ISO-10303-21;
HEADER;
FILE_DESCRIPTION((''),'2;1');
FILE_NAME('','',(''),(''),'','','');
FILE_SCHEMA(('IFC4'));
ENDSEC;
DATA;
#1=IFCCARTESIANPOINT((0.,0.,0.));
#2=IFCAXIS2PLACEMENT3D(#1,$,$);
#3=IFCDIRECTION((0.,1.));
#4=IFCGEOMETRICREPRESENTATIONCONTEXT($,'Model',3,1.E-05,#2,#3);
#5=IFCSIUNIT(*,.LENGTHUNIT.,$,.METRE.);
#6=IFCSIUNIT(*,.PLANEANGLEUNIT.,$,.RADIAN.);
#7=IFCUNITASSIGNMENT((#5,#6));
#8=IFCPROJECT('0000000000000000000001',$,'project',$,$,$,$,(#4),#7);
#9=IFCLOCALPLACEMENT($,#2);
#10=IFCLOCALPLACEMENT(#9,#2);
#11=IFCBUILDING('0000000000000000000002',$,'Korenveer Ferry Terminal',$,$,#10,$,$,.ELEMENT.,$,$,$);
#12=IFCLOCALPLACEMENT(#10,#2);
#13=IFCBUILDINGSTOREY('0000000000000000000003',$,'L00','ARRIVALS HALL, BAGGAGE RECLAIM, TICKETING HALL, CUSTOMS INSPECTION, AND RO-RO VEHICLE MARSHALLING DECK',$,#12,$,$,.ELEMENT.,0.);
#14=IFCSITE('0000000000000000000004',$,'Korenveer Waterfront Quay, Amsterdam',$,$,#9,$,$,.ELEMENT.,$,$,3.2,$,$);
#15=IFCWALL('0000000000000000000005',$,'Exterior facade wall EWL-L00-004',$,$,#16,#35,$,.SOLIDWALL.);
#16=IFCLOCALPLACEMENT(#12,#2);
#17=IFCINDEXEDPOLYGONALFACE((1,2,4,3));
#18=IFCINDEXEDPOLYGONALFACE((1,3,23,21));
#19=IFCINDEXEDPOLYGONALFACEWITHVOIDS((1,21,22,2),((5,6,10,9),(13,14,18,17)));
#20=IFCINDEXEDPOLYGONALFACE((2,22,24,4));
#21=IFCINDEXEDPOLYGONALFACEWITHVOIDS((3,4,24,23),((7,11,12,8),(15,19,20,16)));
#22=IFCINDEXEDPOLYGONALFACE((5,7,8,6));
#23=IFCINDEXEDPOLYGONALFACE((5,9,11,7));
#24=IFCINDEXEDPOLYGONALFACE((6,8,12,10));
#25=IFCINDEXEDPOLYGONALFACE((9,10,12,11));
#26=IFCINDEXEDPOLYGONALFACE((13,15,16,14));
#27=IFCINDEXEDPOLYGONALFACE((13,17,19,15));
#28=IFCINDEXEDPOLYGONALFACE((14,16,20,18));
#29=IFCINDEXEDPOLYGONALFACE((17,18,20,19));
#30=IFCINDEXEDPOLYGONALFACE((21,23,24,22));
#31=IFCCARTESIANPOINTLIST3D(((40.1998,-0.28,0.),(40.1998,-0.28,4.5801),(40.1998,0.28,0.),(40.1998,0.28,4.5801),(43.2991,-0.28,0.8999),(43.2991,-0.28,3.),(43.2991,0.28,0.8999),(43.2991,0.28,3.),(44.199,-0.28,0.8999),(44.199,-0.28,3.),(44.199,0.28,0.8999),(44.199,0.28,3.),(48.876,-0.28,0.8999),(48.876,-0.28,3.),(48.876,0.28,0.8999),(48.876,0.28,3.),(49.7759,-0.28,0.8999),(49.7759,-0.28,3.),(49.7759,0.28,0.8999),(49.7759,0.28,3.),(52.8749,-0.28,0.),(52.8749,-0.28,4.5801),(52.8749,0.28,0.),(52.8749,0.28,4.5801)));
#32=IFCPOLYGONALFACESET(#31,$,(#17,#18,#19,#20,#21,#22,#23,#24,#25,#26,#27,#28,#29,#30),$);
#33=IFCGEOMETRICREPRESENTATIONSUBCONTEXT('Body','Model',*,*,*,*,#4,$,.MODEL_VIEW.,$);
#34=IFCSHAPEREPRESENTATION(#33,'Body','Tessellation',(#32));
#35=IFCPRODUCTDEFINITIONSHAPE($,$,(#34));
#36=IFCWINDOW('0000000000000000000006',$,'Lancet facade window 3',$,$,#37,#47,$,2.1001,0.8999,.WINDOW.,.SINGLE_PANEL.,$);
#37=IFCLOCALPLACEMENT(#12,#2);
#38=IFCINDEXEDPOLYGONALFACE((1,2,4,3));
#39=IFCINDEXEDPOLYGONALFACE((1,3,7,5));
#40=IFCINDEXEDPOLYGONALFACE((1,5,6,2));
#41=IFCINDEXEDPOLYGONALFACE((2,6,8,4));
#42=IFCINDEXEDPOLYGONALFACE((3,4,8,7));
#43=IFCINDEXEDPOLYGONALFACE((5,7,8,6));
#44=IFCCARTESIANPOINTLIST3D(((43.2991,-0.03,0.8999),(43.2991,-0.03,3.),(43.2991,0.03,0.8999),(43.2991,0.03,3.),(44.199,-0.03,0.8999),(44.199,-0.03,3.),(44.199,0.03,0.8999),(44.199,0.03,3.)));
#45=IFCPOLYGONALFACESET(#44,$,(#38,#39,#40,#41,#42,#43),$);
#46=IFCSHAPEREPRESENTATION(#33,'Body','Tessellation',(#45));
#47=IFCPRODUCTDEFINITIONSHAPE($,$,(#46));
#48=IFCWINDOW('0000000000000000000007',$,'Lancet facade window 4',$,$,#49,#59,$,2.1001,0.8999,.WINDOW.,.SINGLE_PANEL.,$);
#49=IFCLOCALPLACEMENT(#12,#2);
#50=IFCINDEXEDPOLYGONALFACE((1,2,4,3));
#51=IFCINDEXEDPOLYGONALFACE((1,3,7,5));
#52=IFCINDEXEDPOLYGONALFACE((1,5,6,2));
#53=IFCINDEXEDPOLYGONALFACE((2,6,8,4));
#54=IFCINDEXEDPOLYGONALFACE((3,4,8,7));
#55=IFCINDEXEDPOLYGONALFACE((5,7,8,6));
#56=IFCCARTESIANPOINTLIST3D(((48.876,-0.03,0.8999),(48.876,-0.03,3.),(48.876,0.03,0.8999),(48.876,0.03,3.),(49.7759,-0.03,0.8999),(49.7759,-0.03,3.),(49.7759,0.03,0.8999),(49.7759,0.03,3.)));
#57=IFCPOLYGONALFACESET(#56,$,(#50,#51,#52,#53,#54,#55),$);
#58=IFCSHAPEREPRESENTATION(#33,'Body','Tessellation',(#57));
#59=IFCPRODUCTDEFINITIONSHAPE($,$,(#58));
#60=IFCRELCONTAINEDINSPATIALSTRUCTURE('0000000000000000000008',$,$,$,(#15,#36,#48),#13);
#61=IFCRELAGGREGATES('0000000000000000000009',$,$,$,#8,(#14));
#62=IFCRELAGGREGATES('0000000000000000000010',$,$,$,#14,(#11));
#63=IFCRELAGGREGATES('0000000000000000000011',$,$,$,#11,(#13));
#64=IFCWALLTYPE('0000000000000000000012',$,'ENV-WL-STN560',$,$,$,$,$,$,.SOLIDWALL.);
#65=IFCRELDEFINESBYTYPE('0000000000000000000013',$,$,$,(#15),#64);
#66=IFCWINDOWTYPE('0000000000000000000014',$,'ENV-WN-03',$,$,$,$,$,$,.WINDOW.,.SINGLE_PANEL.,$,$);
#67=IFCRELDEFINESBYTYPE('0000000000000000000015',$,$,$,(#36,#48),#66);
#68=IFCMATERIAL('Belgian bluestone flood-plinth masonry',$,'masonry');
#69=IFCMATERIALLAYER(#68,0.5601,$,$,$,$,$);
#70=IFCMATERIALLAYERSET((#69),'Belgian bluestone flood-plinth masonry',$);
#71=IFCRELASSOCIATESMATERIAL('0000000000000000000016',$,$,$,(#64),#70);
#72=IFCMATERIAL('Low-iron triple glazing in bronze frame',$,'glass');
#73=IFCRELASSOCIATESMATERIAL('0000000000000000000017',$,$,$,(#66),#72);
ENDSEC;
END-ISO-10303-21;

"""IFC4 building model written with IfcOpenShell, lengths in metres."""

from ifc_helpers import new_model, si_unit, direction, frame, frame_2d, origin, place, context, subcontext, project, spatial, rectangle, extrude, material, layer, layer_set, type_object, element, fill, save


model = new_model("IFC4")

# Units and contexts
model_context = context("Model", 3, precision=1e-05, world=origin(), true_north=direction((0.0, 1.0)))
body_context = subcontext(model_context, "Body", "Model", "MODEL_VIEW")
ifc_project = project(units=[si_unit("LENGTHUNIT", "METRE"), si_unit("PLANEANGLEUNIT", "RADIAN")], contexts=[model_context])

# Site, building, storey
site_placement = place(None, origin())
site = spatial("IfcSite", under=ifc_project, at=site_placement, Name="Korenveer Waterfront Quay, Amsterdam", CompositionType="ELEMENT", RefElevation=3.2)
building_placement = place(site_placement, origin())
building = spatial("IfcBuilding", under=site, at=building_placement, Name="Korenveer Ferry Terminal", CompositionType="ELEMENT")
storey_placement = place(building_placement, origin())
storey = spatial("IfcBuildingStorey", under=building, at=storey_placement, Name="L00", Description="ARRIVALS HALL, BAGGAGE RECLAIM, TICKETING HALL, CUSTOMS INSPECTION, AND RO-RO VEHICLE MARSHALLING DECK", CompositionType="ELEMENT", Elevation=0.0)

# Wall, openings, windows
ifc_material_1 = material(Name="Belgian bluestone flood-plinth masonry", Category="masonry")
ifc_layer_1 = layer(ifc_material_1, 0.5601)
ifc_layer_set_1 = layer_set([ifc_layer_1], Name="Belgian bluestone flood-plinth masonry")
wall_type = type_object("IfcWallType", Name="ENV-WL-STN560", PredefinedType="SOLIDWALL", material=ifc_layer_set_1)
wall_placement = place(storey_placement, frame((40.2, 0.0, 0.0), z_axis=(0.0, 0.0, 1.0), x_axis=(1.0, 0.0, 0.0)))
wall = element("IfcWall", 1, at=wall_placement, inside=storey, type_object=wall_type, Name="Exterior facade wall EWL-L00-004", PredefinedType="SOLIDWALL", context=body_context, shape_type="SweptSolid", body=[
    extrude(rectangle(XDim=12.675, YDim=0.5601, at=frame_2d((6.3374, 0.0))), origin(), (0.0, 0.0, 1.0), 4.5801),
])
opening_1_placement = place(wall_placement, frame((3.0991, 0.0, 0.8999)))
opening_1 = element("IfcOpeningElement", 2, at=opening_1_placement, cuts=wall, PredefinedType="OPENING", context=body_context, shape_type="SweptSolid", body=[
    extrude(rectangle(XDim=0.8999, YDim=2.1001, at=frame_2d((0.45, 1.05))), frame((0.0, 0.29, 0.0), z_axis=(0.0, -1.0, 0.0), x_axis=(1.0, 0.0, 0.0)), (0.0, 0.0, 1.0), 0.5801),
])
opening_2_placement = place(wall_placement, frame((8.676, 0.0, 0.8999)))
opening_2 = element("IfcOpeningElement", 3, at=opening_2_placement, cuts=wall, PredefinedType="OPENING", context=body_context, shape_type="SweptSolid", body=[
    extrude(rectangle(XDim=0.8999, YDim=2.1001, at=frame_2d((0.45, 1.05))), frame((0.0, 0.29, 0.0), z_axis=(0.0, -1.0, 0.0), x_axis=(1.0, 0.0, 0.0)), (0.0, 0.0, 1.0), 0.5801),
])
ifc_material_2 = material(Name="Low-iron triple glazing in bronze frame", Category="glass")
window_type = type_object("IfcWindowType", Name="ENV-WN-03", PartitioningType="SINGLE_PANEL", PredefinedType="WINDOW", material=ifc_material_2)
window_1_placement = place(opening_1_placement, origin())
window_1 = element("IfcWindow", 4, at=window_1_placement, inside=storey, type_object=window_type, Name="Lancet facade window 3", OverallHeight=2.1001, OverallWidth=0.8999, PartitioningType="SINGLE_PANEL", PredefinedType="WINDOW", context=body_context, shape_type="SweptSolid", body=[
    extrude(rectangle(XDim=0.8999, YDim=2.1001, at=frame_2d((0.45, 1.05))), frame((0.0, 0.03, 0.0), z_axis=(0.0, -1.0, 0.0), x_axis=(1.0, 0.0, 0.0)), (0.0, 0.0, 1.0), 0.0601),
])
fill(opening_1, window_1)
window_2_placement = place(opening_2_placement, origin())
window_2 = element("IfcWindow", 5, at=window_2_placement, inside=storey, type_object=window_type, Name="Lancet facade window 4", OverallHeight=2.1001, OverallWidth=0.8999, PartitioningType="SINGLE_PANEL", PredefinedType="WINDOW", context=body_context, shape_type="SweptSolid", body=[
    extrude(rectangle(XDim=0.8999, YDim=2.1001, at=frame_2d((0.45, 1.05))), frame((0.0, 0.03, 0.0), z_axis=(0.0, -1.0, 0.0), x_axis=(1.0, 0.0, 0.0)), (0.0, 0.0, 1.0), 0.0601),
])
fill(opening_2, window_2)

save(model, "model.ifc")
